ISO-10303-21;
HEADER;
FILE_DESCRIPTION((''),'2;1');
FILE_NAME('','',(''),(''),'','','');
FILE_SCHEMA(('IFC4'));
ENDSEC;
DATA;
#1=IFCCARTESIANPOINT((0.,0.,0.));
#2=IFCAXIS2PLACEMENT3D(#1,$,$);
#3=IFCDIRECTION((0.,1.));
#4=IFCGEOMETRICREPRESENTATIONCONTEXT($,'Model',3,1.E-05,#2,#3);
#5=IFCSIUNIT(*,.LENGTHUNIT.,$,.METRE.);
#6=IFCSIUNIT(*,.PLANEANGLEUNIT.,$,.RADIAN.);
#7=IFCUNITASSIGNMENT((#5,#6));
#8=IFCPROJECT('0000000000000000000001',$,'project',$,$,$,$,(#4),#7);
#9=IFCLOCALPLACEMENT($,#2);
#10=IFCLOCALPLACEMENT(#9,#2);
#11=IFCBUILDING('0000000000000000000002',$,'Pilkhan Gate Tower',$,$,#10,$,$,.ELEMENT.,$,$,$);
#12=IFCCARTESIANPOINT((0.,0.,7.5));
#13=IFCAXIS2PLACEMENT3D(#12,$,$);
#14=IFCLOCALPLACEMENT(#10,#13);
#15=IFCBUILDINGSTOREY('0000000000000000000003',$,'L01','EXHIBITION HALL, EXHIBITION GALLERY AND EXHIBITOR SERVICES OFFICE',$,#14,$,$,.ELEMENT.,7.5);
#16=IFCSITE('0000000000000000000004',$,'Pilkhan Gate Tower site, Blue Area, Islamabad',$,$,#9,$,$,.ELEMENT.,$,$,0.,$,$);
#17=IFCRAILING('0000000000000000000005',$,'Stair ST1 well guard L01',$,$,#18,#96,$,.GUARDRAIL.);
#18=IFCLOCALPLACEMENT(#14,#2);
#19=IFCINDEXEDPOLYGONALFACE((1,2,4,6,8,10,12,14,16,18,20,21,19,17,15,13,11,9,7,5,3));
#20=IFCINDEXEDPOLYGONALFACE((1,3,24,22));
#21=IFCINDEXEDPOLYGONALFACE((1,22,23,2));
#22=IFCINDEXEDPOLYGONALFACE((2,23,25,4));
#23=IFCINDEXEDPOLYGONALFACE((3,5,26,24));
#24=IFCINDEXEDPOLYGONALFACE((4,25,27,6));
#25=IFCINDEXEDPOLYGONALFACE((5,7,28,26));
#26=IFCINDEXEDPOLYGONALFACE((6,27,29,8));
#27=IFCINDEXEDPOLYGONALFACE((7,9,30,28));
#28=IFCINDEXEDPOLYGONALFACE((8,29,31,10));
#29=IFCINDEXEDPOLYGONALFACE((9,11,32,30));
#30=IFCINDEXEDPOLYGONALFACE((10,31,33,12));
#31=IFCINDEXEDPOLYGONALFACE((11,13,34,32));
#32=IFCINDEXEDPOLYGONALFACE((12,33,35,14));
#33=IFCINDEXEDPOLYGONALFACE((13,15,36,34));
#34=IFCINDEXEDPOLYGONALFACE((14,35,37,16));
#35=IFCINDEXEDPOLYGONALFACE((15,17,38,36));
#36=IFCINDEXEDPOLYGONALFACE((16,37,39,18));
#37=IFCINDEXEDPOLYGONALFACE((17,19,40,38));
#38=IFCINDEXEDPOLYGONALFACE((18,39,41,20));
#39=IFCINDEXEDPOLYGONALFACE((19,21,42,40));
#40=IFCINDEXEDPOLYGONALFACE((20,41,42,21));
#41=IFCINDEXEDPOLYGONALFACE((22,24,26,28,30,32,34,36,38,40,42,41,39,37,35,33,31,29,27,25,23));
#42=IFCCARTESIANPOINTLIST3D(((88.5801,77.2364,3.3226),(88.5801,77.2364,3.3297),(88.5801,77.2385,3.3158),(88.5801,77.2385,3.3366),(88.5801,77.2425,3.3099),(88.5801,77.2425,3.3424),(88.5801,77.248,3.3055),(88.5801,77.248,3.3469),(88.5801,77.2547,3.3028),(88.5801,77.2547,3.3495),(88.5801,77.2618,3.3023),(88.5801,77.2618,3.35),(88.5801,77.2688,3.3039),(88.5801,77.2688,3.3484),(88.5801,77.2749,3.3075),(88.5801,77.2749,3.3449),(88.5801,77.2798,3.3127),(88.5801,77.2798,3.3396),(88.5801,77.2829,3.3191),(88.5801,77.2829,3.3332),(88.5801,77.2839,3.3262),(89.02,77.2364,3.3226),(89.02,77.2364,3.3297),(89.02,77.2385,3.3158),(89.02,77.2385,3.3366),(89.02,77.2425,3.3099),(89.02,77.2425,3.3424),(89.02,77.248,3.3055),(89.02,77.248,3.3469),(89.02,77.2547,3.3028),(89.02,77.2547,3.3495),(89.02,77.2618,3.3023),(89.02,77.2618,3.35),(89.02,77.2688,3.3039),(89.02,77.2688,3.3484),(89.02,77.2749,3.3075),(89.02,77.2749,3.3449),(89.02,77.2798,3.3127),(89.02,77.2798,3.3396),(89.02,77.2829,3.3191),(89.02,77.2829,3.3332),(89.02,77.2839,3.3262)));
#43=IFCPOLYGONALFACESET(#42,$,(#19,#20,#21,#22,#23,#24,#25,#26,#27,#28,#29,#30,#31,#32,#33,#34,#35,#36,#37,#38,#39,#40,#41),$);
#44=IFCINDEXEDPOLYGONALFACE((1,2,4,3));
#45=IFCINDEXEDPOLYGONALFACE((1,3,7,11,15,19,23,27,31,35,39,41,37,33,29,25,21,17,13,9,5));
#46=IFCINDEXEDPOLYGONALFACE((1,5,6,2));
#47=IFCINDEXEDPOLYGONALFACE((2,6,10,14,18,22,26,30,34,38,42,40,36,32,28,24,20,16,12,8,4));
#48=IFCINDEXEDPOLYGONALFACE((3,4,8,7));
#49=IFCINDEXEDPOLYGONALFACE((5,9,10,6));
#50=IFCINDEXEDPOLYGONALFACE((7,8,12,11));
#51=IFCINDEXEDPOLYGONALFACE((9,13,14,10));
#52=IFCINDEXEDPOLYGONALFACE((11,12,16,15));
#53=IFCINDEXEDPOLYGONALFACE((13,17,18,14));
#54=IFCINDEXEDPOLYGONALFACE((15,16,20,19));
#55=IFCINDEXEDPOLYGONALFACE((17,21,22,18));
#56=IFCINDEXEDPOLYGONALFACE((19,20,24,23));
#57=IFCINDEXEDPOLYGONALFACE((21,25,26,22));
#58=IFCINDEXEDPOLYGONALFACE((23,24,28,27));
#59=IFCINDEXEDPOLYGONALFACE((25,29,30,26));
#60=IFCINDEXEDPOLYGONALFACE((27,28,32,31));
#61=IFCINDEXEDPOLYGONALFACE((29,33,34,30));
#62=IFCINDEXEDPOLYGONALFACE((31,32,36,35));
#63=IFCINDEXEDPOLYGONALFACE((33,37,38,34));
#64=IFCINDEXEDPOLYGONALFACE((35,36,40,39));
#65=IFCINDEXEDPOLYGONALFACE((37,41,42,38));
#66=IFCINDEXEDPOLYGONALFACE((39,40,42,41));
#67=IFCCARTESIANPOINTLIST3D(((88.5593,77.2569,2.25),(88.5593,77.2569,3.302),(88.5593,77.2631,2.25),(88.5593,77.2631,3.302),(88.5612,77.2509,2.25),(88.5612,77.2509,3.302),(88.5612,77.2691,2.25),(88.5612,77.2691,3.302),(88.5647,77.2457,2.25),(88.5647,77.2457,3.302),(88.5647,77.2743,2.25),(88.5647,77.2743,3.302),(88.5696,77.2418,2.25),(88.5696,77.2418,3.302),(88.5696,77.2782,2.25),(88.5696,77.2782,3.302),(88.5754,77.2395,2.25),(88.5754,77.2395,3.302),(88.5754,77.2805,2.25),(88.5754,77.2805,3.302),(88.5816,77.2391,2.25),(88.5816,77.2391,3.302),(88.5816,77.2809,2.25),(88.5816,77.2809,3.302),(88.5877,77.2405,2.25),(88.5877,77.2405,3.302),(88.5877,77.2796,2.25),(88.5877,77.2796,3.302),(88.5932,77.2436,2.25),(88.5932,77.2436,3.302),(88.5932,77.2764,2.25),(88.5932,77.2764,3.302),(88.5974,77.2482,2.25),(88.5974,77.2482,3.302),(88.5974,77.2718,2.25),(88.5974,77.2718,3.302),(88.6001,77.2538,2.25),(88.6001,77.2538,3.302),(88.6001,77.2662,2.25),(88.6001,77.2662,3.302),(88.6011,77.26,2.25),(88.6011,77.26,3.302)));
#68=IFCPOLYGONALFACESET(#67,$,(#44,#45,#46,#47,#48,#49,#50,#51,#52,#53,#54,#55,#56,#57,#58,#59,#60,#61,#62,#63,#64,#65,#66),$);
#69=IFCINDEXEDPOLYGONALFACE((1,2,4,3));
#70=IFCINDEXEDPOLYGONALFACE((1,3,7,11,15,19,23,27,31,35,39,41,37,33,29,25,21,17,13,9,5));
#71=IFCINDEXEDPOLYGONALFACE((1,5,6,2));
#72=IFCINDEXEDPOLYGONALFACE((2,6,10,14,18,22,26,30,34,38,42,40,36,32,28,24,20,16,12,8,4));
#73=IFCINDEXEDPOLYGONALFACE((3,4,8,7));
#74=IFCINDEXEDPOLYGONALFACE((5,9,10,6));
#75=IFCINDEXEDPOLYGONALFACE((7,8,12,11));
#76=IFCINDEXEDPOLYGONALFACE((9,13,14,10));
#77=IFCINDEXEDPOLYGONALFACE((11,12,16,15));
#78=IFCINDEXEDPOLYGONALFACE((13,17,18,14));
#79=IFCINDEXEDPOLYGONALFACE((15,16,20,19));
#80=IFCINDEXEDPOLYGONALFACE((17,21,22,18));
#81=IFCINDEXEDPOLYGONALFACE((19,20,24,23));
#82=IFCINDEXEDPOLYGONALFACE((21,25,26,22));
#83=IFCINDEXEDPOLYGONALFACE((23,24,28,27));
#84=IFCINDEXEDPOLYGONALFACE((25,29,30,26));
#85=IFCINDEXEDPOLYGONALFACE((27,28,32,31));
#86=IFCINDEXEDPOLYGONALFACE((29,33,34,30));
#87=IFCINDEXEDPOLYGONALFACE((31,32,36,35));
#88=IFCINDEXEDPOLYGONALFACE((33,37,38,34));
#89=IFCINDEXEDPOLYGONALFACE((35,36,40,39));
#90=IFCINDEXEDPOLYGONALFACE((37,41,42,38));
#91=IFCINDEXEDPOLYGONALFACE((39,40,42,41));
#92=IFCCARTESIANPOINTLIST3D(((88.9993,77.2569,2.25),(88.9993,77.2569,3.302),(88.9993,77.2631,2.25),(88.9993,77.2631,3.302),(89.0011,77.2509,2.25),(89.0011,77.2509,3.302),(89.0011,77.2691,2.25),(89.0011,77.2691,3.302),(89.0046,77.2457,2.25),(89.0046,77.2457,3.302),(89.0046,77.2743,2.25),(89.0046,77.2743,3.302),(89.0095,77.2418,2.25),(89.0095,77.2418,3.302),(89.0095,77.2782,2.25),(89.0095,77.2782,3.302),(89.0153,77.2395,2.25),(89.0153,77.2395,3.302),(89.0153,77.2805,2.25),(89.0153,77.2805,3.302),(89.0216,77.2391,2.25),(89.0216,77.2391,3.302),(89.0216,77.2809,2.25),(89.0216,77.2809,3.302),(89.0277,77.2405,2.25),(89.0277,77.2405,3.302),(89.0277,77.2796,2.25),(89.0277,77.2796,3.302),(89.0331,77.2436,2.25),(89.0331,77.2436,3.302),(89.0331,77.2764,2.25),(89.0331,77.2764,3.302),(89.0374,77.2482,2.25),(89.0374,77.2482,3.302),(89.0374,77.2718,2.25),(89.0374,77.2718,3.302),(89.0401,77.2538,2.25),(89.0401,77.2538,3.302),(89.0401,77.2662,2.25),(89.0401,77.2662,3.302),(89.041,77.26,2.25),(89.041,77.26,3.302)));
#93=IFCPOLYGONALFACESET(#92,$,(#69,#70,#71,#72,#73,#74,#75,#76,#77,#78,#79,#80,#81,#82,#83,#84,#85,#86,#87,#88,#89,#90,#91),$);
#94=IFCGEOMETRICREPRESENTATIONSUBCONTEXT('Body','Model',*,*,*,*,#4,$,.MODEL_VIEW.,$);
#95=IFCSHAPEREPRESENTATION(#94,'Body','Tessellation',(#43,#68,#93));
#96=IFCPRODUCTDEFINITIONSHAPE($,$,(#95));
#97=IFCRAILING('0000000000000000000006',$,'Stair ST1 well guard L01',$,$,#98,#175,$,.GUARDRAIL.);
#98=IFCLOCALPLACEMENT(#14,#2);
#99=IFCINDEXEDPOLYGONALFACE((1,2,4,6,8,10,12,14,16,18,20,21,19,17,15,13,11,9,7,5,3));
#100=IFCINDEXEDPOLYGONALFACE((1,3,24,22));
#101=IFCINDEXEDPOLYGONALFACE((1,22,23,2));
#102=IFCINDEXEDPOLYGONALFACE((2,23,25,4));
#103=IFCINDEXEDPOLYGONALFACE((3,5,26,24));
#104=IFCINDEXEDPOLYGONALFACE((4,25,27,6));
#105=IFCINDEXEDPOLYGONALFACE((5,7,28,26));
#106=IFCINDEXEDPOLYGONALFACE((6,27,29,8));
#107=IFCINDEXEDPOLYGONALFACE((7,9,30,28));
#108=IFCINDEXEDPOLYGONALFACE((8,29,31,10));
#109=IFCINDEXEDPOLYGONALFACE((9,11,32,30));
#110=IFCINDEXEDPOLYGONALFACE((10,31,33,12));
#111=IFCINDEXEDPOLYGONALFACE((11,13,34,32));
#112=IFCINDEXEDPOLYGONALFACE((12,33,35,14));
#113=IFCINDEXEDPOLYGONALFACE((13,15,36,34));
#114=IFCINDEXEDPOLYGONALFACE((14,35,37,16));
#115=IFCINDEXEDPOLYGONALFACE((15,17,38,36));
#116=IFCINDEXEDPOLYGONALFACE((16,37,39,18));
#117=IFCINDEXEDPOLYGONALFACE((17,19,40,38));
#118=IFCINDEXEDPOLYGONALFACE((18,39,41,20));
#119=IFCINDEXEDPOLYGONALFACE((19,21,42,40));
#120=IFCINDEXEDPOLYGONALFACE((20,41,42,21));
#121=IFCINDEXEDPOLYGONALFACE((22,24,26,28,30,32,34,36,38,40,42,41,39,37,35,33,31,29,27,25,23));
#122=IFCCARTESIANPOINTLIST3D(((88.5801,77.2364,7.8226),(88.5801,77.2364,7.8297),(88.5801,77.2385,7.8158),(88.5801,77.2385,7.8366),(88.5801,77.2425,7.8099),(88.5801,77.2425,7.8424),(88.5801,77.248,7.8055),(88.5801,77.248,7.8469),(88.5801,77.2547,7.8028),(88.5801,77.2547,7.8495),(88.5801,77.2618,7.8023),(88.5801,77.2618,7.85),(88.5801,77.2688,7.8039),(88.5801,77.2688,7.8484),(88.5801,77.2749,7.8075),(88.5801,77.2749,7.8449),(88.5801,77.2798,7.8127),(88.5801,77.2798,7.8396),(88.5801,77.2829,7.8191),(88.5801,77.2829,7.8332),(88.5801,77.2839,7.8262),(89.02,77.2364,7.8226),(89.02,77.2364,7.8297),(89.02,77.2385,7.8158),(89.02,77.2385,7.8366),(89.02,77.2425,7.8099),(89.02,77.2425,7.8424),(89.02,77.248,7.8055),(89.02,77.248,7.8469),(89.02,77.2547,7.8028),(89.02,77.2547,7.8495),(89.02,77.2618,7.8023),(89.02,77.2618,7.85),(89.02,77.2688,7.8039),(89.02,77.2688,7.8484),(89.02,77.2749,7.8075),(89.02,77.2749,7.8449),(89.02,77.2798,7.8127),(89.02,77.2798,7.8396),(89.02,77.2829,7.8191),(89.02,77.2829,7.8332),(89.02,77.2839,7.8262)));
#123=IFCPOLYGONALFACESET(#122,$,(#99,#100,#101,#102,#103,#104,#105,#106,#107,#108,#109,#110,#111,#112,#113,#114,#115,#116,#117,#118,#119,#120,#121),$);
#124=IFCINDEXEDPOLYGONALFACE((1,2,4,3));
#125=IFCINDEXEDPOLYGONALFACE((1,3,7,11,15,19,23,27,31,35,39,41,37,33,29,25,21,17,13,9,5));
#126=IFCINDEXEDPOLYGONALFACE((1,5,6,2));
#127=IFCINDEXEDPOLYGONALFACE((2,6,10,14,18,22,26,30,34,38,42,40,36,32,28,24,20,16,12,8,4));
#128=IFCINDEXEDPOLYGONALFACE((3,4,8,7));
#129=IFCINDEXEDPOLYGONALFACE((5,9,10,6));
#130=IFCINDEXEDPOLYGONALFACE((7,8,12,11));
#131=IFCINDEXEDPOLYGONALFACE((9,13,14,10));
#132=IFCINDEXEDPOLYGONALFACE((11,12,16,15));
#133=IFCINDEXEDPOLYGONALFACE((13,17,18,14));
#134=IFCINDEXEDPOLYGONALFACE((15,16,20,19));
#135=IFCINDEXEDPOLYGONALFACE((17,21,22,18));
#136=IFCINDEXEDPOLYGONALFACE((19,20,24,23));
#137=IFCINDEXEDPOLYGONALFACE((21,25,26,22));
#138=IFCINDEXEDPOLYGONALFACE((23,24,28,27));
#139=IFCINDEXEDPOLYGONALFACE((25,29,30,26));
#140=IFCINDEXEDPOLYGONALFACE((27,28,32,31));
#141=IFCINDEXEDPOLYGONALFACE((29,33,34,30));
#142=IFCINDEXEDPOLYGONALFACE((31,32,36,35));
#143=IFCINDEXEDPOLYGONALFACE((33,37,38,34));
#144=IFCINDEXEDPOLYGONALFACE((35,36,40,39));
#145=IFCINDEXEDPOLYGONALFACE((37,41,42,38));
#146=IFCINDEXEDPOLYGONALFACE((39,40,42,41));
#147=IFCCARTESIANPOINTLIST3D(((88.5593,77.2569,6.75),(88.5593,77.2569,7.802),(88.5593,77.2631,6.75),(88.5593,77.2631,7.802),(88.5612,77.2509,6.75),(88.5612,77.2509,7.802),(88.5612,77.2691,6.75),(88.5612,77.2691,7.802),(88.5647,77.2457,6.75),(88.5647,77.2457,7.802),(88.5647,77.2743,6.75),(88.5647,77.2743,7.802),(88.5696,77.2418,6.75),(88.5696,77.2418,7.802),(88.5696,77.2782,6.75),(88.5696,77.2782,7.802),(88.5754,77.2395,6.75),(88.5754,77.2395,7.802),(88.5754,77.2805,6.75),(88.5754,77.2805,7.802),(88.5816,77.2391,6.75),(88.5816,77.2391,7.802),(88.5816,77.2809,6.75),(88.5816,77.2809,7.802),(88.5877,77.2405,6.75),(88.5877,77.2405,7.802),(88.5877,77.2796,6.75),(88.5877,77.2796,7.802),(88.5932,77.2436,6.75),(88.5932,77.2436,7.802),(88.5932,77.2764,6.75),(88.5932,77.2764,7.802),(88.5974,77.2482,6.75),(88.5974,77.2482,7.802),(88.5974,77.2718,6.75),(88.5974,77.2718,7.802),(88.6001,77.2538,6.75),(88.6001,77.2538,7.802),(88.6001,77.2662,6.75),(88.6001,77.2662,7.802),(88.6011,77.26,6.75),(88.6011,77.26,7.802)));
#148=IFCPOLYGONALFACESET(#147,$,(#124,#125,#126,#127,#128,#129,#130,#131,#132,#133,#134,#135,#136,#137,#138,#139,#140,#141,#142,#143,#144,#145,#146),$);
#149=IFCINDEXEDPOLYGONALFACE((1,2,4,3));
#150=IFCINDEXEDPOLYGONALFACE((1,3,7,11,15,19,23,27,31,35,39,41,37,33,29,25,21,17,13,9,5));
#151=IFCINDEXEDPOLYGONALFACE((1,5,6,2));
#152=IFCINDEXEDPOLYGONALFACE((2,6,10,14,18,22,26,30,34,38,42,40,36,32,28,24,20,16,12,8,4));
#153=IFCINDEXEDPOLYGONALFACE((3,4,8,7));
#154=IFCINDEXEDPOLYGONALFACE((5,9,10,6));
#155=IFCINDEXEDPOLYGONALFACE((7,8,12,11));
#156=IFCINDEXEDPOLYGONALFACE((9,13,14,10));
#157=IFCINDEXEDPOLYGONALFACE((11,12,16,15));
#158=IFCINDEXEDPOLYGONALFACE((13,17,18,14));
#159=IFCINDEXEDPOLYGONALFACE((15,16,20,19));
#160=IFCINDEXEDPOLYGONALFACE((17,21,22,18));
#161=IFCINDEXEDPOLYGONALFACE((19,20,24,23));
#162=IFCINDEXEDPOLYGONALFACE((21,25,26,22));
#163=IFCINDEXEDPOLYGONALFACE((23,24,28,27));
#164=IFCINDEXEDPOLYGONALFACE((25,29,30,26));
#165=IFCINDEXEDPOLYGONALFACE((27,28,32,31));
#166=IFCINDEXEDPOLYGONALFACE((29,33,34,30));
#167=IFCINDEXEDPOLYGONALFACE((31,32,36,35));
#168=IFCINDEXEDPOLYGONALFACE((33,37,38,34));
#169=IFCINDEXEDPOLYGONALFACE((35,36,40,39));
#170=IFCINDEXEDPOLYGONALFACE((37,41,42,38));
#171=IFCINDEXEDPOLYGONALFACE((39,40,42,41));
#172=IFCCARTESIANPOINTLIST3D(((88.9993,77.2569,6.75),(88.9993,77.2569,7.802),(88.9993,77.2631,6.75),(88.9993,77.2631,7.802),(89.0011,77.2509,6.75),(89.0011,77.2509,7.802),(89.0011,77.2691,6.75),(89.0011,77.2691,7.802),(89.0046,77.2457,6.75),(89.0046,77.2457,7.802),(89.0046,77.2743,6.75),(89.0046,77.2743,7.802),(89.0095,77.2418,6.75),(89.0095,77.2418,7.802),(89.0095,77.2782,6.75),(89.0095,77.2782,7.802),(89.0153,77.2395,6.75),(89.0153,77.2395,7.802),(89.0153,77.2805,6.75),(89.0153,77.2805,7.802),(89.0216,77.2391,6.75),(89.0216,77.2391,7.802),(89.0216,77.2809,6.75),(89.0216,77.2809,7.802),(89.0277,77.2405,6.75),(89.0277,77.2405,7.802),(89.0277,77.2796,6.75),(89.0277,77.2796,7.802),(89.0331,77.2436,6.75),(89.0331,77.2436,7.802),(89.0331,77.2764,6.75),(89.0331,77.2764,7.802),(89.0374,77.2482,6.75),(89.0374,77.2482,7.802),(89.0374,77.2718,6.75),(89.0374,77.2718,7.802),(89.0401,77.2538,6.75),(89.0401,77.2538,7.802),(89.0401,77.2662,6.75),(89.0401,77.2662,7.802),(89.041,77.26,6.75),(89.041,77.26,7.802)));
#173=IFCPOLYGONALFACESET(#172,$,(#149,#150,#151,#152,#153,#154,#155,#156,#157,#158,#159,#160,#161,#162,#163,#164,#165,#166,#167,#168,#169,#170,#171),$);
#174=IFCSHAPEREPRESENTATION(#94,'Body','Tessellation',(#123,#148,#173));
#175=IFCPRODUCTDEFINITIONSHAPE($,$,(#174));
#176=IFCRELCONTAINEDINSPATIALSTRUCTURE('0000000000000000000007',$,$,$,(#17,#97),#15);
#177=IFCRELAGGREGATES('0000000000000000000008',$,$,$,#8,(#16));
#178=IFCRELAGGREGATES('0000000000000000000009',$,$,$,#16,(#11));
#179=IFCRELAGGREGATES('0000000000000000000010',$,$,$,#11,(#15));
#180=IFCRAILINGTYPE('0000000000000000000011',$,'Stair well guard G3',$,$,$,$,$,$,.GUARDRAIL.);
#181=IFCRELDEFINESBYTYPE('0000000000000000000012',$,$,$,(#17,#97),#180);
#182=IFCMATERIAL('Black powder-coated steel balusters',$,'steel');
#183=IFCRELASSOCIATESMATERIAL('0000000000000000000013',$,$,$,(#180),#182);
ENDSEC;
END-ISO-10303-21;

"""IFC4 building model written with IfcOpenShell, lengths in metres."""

from ifc_helpers import new_model, si_unit, direction, frame, origin, origin_2d, place, context, subcontext, project, spatial, circle, extrude, material, type_object, element, save


model = new_model("IFC4")

# Units and contexts
model_context = context("Model", 3, precision=1e-05, world=origin(), true_north=direction((0.0, 1.0)))
body_context = subcontext(model_context, "Body", "Model", "MODEL_VIEW")
ifc_project = project(units=[si_unit("LENGTHUNIT", "METRE"), si_unit("PLANEANGLEUNIT", "RADIAN")], contexts=[model_context])

# Site, building, storey
site_placement = place(None, origin())
site = spatial("IfcSite", under=ifc_project, at=site_placement, Name="Pilkhan Gate Tower site, Blue Area, Islamabad", CompositionType="ELEMENT", RefElevation=0.0)
building_placement = place(site_placement, origin())
building = spatial("IfcBuilding", under=site, at=building_placement, Name="Pilkhan Gate Tower", CompositionType="ELEMENT")
storey_placement = place(building_placement, frame((0.0, 0.0, 7.5)))
storey = spatial("IfcBuildingStorey", under=building, at=storey_placement, Name="L01", Description="EXHIBITION HALL, EXHIBITION GALLERY AND EXHIBITOR SERVICES OFFICE", CompositionType="ELEMENT", Elevation=7.5)

# Railings
ifc_material_1 = material(Name="Black powder-coated steel balusters", Category="steel")
railing_type_1 = type_object("IfcRailingType", Name="Stair well guard G3", PredefinedType="GUARDRAIL", material=ifc_material_1)
for number, where, name in (
    (1, (88.5801, 77.26, 2.25), "Stair ST1 well guard L01"),
    (2, (88.5801, 77.26, 6.75), "Stair ST1 well guard L01"),
):
    element("IfcRailing", number, at=place(storey_placement, frame(where)), inside=storey, type_object=railing_type_1, Name=name, PredefinedType="GUARDRAIL", context=body_context, shape_type="SweptSolid", body=[
        extrude(circle(Radius=0.0239, at=origin_2d()), frame((0.0, 0.0, 1.0762), z_axis=(1.0, 0.0, 0.0), x_axis=(0.0, 1.0, 0.0)), (0.0, 0.0, 1.0), 0.4399),
        extrude(circle(Radius=0.021, at=origin_2d()), origin(), (0.0, 0.0, 1.0), 1.052),
        extrude(circle(Radius=0.021, at=origin_2d()), frame((0.4399, 0.0, 0.0)), (0.0, 0.0, 1.0), 1.052),
    ])

save(model, "model.ifc")
